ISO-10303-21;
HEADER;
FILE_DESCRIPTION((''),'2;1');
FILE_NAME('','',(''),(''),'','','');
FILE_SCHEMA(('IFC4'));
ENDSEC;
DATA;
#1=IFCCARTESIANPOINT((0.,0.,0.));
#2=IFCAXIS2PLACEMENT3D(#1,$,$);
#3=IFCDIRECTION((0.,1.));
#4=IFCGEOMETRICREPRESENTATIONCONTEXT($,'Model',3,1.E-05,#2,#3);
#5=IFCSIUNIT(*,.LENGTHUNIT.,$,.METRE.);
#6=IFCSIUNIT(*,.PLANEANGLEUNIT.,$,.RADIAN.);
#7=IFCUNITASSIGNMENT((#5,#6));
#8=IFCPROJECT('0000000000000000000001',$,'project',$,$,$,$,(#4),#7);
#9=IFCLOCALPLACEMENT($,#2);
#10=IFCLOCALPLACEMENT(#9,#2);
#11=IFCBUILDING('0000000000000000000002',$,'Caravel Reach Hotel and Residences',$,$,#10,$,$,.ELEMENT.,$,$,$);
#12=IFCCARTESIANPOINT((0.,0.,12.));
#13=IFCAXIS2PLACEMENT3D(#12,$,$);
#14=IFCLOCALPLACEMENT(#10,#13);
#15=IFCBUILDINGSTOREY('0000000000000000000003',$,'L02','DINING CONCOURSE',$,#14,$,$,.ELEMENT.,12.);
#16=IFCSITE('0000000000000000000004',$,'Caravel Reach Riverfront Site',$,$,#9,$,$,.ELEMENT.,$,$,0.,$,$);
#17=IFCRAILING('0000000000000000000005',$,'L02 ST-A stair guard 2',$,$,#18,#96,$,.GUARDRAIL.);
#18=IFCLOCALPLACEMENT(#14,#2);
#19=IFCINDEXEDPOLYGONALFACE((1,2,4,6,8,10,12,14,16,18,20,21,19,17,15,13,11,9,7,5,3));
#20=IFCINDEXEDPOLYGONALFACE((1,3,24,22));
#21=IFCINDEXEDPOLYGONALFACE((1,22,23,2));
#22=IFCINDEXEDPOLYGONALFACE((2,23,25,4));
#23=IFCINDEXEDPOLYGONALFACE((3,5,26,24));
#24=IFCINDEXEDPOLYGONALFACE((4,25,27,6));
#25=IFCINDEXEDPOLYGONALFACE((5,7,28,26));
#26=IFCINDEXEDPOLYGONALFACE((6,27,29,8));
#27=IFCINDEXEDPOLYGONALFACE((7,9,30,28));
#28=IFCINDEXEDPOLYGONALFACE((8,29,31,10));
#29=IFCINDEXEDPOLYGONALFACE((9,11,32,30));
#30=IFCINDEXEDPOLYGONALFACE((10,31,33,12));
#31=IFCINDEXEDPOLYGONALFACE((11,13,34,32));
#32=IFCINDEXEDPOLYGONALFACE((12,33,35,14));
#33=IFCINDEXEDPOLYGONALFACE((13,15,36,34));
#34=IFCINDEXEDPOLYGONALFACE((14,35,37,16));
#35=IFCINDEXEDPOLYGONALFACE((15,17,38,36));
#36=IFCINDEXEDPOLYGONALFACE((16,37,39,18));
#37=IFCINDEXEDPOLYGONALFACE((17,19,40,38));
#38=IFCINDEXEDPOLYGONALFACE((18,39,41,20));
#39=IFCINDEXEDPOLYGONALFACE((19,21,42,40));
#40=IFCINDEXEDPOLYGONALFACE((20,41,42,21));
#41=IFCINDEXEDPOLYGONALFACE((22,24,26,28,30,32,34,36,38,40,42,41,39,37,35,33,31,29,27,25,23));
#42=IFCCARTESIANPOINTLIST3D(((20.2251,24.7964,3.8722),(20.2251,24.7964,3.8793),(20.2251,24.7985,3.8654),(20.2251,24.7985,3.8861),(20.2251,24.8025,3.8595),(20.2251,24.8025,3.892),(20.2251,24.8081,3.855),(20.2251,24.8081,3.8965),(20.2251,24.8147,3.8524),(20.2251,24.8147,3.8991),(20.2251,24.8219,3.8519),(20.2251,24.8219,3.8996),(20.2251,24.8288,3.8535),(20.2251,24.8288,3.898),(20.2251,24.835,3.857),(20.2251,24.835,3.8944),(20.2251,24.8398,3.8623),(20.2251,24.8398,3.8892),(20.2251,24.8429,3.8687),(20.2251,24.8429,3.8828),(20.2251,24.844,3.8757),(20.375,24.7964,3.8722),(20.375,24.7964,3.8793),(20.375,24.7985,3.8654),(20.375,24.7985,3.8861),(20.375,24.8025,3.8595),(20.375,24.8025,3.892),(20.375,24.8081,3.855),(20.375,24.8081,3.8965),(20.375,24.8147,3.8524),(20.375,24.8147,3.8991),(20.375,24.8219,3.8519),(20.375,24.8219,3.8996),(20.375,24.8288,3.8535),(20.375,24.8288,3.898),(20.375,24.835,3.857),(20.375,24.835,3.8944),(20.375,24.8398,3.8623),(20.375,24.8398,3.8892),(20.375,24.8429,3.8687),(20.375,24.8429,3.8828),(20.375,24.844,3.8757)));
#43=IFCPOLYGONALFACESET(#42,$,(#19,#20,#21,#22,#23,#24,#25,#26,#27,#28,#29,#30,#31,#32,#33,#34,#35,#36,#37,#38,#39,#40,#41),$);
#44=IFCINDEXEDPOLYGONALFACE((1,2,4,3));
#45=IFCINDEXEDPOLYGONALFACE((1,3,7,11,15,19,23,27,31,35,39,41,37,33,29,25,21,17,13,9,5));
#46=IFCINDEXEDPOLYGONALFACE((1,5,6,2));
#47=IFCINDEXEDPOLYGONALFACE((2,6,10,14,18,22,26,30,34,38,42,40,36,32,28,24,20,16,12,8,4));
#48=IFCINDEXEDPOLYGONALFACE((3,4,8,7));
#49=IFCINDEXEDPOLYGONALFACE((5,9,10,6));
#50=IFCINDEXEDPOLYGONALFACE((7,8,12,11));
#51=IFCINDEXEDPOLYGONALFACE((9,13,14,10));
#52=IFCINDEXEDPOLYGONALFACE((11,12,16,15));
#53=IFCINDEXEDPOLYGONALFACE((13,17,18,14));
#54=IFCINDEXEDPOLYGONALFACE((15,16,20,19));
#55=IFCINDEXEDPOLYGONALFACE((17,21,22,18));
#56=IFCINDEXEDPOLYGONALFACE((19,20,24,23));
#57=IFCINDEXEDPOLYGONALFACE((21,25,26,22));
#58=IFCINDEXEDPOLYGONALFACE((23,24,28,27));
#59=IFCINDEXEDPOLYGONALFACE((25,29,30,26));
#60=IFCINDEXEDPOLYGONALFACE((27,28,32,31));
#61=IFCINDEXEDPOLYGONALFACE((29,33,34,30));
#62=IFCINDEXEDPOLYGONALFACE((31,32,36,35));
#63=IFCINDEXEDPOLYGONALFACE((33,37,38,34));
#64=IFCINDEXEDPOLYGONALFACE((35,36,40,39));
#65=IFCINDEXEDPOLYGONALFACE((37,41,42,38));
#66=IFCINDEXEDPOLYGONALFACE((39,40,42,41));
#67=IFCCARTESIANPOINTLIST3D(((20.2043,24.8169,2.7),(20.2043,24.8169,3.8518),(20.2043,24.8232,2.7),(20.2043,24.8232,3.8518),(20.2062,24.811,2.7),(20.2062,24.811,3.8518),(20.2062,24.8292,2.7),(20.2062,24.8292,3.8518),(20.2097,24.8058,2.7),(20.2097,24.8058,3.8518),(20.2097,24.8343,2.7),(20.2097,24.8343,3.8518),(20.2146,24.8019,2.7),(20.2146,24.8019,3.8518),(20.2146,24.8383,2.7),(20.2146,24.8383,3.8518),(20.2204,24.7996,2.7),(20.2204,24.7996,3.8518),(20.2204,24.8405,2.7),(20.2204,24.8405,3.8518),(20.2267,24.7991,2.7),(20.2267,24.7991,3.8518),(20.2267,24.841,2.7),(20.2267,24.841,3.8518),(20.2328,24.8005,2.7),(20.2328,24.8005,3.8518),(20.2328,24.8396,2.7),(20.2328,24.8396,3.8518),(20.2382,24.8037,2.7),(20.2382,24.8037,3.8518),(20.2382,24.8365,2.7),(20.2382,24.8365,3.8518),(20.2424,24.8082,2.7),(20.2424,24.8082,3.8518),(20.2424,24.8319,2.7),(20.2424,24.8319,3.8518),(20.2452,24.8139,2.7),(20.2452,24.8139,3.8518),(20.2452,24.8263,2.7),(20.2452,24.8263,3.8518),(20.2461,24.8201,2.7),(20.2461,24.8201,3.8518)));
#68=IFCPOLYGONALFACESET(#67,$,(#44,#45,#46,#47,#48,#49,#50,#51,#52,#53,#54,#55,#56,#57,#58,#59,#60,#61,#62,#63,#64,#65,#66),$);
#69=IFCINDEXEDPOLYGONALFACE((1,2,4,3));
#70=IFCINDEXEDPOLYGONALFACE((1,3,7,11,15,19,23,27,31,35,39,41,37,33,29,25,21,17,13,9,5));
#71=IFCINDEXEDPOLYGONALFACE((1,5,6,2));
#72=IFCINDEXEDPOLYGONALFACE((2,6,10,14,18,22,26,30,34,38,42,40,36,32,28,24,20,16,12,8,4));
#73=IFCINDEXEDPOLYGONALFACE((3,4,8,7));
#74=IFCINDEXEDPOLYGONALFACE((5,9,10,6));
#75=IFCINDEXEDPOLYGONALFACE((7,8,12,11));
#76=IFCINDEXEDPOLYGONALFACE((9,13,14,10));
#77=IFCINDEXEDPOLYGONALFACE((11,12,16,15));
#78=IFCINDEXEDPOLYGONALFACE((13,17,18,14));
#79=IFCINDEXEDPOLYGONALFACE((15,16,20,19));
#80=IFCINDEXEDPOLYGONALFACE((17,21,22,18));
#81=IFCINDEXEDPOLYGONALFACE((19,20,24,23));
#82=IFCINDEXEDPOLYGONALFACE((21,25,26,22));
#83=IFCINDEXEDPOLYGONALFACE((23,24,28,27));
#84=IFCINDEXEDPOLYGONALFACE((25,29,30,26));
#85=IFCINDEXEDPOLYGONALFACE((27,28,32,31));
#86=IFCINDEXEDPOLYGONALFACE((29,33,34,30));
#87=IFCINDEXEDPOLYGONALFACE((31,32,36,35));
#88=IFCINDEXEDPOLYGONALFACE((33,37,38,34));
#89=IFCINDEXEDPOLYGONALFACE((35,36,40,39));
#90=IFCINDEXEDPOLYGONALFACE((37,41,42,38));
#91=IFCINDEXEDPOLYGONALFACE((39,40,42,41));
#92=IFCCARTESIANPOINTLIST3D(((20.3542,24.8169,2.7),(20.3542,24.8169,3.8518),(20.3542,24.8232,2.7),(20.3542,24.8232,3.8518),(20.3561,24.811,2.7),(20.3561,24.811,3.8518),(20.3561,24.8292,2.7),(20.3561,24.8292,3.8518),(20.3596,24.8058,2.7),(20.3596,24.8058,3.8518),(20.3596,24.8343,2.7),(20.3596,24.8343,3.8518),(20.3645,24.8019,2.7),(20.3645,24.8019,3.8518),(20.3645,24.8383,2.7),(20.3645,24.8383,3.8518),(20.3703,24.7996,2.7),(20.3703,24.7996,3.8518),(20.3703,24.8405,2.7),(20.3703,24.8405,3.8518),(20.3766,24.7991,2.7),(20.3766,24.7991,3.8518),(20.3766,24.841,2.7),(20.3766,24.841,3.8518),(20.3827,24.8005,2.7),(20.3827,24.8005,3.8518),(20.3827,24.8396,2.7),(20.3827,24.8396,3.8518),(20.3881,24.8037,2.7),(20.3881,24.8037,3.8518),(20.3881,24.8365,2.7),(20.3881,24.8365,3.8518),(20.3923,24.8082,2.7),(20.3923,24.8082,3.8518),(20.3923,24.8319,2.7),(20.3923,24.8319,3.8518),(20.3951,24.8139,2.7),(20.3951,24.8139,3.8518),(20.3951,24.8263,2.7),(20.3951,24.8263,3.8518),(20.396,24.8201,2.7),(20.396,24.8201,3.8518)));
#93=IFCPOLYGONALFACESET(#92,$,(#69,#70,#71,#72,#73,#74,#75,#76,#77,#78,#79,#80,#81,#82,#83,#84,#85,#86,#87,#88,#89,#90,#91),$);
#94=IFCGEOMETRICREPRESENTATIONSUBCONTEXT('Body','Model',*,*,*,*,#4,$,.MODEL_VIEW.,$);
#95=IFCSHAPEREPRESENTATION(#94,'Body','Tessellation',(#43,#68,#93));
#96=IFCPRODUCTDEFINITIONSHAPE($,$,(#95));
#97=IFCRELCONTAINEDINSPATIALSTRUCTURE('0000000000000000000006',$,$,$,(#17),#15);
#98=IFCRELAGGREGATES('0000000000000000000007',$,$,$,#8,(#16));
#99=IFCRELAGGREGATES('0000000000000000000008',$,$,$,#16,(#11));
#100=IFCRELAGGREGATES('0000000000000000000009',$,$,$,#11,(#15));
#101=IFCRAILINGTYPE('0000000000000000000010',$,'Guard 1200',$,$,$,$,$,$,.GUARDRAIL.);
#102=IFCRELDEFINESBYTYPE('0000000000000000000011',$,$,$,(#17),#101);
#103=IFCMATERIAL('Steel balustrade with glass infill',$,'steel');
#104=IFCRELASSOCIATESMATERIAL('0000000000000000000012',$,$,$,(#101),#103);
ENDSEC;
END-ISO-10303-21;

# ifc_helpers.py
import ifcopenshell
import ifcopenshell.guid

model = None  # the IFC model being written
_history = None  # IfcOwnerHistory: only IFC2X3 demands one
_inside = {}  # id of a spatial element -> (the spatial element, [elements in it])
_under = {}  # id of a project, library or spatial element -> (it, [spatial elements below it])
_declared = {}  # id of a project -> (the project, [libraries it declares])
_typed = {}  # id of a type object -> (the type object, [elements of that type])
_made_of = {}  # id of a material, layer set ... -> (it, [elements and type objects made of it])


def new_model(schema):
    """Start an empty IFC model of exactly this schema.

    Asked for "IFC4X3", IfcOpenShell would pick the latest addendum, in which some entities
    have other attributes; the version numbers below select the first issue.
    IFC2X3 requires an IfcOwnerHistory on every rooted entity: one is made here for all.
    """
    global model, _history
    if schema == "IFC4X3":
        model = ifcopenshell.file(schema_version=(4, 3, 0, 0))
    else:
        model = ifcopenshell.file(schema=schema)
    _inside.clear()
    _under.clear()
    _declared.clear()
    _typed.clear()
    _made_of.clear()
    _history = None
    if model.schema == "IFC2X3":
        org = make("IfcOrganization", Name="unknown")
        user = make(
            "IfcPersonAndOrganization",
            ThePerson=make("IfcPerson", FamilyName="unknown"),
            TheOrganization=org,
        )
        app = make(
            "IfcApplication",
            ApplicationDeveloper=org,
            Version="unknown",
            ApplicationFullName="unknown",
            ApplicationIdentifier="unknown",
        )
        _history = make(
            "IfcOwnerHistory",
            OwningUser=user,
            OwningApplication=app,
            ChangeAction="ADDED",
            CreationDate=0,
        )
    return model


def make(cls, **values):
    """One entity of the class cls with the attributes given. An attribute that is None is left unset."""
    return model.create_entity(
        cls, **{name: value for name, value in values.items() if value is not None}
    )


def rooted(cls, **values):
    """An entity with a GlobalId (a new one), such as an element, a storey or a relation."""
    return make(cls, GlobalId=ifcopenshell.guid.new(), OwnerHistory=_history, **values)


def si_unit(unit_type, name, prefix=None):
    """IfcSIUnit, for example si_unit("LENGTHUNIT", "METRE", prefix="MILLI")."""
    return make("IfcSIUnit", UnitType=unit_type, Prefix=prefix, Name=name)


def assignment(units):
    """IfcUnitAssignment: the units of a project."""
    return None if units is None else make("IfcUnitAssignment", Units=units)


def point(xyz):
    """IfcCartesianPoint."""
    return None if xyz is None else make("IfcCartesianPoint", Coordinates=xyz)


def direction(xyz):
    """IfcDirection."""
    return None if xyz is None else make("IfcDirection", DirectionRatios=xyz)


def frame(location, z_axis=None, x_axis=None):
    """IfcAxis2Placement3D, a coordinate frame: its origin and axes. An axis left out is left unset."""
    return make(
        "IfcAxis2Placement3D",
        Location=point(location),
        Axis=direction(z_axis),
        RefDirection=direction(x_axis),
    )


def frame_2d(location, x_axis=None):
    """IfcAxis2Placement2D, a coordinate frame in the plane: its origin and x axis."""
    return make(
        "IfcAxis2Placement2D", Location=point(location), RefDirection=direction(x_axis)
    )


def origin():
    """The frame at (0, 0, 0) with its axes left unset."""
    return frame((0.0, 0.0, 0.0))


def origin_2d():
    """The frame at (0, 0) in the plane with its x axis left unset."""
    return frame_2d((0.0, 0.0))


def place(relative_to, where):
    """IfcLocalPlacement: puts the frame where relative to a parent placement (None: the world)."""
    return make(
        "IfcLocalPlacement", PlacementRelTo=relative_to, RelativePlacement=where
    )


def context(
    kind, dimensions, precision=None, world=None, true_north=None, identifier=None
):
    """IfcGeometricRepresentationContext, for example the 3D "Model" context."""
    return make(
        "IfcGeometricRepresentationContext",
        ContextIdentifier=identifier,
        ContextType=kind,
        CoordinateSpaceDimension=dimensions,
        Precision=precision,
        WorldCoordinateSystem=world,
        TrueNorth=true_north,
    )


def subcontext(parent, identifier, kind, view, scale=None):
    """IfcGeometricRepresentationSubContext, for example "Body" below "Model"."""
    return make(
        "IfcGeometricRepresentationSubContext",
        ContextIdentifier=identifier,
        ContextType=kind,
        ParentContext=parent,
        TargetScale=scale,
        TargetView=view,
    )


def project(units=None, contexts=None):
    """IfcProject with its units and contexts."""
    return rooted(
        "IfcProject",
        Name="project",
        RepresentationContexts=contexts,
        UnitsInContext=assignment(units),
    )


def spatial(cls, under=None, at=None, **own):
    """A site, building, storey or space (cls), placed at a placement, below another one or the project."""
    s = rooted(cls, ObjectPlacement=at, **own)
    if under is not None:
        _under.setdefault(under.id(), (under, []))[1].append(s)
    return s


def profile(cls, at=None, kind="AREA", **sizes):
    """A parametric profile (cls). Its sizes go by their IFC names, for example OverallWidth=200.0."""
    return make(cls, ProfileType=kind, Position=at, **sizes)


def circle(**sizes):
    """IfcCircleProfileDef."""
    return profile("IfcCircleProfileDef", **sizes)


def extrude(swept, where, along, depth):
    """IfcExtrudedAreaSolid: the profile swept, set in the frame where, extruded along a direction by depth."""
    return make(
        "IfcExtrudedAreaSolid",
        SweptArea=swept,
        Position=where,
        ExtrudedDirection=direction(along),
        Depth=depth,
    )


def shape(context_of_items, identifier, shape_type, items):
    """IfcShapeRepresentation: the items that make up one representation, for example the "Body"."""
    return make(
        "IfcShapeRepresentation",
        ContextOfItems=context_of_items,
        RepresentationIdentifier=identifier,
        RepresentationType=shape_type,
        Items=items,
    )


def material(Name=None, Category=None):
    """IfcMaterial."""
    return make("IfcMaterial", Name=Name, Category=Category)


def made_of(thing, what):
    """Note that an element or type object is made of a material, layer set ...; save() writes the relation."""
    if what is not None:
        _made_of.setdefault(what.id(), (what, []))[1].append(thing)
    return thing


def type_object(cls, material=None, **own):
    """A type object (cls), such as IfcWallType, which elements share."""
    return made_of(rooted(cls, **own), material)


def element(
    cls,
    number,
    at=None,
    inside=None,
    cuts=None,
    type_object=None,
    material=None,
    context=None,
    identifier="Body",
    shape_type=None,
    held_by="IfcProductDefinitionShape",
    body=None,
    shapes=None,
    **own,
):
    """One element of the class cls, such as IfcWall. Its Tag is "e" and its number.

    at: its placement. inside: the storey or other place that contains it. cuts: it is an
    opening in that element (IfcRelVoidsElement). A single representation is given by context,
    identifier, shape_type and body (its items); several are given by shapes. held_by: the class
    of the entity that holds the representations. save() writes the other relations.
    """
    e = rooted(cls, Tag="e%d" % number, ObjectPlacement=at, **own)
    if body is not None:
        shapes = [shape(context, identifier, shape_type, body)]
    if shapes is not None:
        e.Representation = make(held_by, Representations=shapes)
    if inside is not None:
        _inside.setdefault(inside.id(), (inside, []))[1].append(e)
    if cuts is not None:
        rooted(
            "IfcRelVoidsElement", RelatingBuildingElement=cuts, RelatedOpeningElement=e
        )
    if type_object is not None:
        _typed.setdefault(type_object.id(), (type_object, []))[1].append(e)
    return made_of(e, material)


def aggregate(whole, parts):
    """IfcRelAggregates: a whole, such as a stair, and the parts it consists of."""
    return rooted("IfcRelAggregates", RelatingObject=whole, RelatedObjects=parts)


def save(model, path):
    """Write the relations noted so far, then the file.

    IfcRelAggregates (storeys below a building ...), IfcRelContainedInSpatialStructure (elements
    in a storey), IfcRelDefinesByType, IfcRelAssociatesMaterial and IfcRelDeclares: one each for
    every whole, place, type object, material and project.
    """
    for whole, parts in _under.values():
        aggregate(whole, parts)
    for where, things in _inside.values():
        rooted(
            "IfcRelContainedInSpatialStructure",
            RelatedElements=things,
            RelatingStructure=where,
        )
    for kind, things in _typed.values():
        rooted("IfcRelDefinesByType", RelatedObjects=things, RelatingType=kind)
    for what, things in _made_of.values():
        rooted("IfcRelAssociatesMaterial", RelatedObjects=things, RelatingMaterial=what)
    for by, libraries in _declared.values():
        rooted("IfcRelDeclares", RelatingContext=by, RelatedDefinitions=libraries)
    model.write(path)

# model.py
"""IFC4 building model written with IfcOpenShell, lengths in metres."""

from ifc_helpers import new_model, si_unit, direction, frame, origin, origin_2d, place, context, subcontext, project, spatial, circle, extrude, material, type_object, element, save


model = new_model("IFC4")

# Units and contexts
model_context = context("Model", 3, precision=1e-05, world=origin(), true_north=direction((0.0, 1.0)))
body_context = subcontext(model_context, "Body", "Model", "MODEL_VIEW")
ifc_project = project(units=[si_unit("LENGTHUNIT", "METRE"), si_unit("PLANEANGLEUNIT", "RADIAN")], contexts=[model_context])

# Site, building, storey
site_placement = place(None, origin())
site = spatial("IfcSite", under=ifc_project, at=site_placement, Name="Caravel Reach Riverfront Site", CompositionType="ELEMENT", RefElevation=0.0)
building_placement = place(site_placement, origin())
building = spatial("IfcBuilding", under=site, at=building_placement, Name="Caravel Reach Hotel and Residences", CompositionType="ELEMENT")
storey_placement = place(building_placement, frame((0.0, 0.0, 12.0)))
storey = spatial("IfcBuildingStorey", under=building, at=storey_placement, Name="L02", Description="DINING CONCOURSE", CompositionType="ELEMENT", Elevation=12.0)

# Railing
ifc_material_1 = material(Name="Steel balustrade with glass infill", Category="steel")
railing_type_1 = type_object("IfcRailingType", Name="Guard 1200", PredefinedType="GUARDRAIL", material=ifc_material_1)
railing_1_placement = place(storey_placement, frame((20.2251, 24.8201, 2.7)))
element("IfcRailing", 1, at=railing_1_placement, inside=storey, type_object=railing_type_1, Name="L02 ST-A stair guard 2", PredefinedType="GUARDRAIL", context=body_context, shape_type="SweptSolid", body=[
    extrude(circle(Radius=0.0239, at=origin_2d()), frame((0.0, 0.0, 1.1758), z_axis=(1.0, 0.0, 0.0), x_axis=(0.0, 1.0, 0.0)), (0.0, 0.0, 1.0), 0.1499),
    extrude(circle(Radius=0.021, at=origin_2d()), origin(), (0.0, 0.0, 1.0), 1.1519),
    extrude(circle(Radius=0.021, at=origin_2d()), frame((0.1499, 0.0, 0.0)), (0.0, 0.0, 1.0), 1.1519),
])

save(model, "model.ifc")
